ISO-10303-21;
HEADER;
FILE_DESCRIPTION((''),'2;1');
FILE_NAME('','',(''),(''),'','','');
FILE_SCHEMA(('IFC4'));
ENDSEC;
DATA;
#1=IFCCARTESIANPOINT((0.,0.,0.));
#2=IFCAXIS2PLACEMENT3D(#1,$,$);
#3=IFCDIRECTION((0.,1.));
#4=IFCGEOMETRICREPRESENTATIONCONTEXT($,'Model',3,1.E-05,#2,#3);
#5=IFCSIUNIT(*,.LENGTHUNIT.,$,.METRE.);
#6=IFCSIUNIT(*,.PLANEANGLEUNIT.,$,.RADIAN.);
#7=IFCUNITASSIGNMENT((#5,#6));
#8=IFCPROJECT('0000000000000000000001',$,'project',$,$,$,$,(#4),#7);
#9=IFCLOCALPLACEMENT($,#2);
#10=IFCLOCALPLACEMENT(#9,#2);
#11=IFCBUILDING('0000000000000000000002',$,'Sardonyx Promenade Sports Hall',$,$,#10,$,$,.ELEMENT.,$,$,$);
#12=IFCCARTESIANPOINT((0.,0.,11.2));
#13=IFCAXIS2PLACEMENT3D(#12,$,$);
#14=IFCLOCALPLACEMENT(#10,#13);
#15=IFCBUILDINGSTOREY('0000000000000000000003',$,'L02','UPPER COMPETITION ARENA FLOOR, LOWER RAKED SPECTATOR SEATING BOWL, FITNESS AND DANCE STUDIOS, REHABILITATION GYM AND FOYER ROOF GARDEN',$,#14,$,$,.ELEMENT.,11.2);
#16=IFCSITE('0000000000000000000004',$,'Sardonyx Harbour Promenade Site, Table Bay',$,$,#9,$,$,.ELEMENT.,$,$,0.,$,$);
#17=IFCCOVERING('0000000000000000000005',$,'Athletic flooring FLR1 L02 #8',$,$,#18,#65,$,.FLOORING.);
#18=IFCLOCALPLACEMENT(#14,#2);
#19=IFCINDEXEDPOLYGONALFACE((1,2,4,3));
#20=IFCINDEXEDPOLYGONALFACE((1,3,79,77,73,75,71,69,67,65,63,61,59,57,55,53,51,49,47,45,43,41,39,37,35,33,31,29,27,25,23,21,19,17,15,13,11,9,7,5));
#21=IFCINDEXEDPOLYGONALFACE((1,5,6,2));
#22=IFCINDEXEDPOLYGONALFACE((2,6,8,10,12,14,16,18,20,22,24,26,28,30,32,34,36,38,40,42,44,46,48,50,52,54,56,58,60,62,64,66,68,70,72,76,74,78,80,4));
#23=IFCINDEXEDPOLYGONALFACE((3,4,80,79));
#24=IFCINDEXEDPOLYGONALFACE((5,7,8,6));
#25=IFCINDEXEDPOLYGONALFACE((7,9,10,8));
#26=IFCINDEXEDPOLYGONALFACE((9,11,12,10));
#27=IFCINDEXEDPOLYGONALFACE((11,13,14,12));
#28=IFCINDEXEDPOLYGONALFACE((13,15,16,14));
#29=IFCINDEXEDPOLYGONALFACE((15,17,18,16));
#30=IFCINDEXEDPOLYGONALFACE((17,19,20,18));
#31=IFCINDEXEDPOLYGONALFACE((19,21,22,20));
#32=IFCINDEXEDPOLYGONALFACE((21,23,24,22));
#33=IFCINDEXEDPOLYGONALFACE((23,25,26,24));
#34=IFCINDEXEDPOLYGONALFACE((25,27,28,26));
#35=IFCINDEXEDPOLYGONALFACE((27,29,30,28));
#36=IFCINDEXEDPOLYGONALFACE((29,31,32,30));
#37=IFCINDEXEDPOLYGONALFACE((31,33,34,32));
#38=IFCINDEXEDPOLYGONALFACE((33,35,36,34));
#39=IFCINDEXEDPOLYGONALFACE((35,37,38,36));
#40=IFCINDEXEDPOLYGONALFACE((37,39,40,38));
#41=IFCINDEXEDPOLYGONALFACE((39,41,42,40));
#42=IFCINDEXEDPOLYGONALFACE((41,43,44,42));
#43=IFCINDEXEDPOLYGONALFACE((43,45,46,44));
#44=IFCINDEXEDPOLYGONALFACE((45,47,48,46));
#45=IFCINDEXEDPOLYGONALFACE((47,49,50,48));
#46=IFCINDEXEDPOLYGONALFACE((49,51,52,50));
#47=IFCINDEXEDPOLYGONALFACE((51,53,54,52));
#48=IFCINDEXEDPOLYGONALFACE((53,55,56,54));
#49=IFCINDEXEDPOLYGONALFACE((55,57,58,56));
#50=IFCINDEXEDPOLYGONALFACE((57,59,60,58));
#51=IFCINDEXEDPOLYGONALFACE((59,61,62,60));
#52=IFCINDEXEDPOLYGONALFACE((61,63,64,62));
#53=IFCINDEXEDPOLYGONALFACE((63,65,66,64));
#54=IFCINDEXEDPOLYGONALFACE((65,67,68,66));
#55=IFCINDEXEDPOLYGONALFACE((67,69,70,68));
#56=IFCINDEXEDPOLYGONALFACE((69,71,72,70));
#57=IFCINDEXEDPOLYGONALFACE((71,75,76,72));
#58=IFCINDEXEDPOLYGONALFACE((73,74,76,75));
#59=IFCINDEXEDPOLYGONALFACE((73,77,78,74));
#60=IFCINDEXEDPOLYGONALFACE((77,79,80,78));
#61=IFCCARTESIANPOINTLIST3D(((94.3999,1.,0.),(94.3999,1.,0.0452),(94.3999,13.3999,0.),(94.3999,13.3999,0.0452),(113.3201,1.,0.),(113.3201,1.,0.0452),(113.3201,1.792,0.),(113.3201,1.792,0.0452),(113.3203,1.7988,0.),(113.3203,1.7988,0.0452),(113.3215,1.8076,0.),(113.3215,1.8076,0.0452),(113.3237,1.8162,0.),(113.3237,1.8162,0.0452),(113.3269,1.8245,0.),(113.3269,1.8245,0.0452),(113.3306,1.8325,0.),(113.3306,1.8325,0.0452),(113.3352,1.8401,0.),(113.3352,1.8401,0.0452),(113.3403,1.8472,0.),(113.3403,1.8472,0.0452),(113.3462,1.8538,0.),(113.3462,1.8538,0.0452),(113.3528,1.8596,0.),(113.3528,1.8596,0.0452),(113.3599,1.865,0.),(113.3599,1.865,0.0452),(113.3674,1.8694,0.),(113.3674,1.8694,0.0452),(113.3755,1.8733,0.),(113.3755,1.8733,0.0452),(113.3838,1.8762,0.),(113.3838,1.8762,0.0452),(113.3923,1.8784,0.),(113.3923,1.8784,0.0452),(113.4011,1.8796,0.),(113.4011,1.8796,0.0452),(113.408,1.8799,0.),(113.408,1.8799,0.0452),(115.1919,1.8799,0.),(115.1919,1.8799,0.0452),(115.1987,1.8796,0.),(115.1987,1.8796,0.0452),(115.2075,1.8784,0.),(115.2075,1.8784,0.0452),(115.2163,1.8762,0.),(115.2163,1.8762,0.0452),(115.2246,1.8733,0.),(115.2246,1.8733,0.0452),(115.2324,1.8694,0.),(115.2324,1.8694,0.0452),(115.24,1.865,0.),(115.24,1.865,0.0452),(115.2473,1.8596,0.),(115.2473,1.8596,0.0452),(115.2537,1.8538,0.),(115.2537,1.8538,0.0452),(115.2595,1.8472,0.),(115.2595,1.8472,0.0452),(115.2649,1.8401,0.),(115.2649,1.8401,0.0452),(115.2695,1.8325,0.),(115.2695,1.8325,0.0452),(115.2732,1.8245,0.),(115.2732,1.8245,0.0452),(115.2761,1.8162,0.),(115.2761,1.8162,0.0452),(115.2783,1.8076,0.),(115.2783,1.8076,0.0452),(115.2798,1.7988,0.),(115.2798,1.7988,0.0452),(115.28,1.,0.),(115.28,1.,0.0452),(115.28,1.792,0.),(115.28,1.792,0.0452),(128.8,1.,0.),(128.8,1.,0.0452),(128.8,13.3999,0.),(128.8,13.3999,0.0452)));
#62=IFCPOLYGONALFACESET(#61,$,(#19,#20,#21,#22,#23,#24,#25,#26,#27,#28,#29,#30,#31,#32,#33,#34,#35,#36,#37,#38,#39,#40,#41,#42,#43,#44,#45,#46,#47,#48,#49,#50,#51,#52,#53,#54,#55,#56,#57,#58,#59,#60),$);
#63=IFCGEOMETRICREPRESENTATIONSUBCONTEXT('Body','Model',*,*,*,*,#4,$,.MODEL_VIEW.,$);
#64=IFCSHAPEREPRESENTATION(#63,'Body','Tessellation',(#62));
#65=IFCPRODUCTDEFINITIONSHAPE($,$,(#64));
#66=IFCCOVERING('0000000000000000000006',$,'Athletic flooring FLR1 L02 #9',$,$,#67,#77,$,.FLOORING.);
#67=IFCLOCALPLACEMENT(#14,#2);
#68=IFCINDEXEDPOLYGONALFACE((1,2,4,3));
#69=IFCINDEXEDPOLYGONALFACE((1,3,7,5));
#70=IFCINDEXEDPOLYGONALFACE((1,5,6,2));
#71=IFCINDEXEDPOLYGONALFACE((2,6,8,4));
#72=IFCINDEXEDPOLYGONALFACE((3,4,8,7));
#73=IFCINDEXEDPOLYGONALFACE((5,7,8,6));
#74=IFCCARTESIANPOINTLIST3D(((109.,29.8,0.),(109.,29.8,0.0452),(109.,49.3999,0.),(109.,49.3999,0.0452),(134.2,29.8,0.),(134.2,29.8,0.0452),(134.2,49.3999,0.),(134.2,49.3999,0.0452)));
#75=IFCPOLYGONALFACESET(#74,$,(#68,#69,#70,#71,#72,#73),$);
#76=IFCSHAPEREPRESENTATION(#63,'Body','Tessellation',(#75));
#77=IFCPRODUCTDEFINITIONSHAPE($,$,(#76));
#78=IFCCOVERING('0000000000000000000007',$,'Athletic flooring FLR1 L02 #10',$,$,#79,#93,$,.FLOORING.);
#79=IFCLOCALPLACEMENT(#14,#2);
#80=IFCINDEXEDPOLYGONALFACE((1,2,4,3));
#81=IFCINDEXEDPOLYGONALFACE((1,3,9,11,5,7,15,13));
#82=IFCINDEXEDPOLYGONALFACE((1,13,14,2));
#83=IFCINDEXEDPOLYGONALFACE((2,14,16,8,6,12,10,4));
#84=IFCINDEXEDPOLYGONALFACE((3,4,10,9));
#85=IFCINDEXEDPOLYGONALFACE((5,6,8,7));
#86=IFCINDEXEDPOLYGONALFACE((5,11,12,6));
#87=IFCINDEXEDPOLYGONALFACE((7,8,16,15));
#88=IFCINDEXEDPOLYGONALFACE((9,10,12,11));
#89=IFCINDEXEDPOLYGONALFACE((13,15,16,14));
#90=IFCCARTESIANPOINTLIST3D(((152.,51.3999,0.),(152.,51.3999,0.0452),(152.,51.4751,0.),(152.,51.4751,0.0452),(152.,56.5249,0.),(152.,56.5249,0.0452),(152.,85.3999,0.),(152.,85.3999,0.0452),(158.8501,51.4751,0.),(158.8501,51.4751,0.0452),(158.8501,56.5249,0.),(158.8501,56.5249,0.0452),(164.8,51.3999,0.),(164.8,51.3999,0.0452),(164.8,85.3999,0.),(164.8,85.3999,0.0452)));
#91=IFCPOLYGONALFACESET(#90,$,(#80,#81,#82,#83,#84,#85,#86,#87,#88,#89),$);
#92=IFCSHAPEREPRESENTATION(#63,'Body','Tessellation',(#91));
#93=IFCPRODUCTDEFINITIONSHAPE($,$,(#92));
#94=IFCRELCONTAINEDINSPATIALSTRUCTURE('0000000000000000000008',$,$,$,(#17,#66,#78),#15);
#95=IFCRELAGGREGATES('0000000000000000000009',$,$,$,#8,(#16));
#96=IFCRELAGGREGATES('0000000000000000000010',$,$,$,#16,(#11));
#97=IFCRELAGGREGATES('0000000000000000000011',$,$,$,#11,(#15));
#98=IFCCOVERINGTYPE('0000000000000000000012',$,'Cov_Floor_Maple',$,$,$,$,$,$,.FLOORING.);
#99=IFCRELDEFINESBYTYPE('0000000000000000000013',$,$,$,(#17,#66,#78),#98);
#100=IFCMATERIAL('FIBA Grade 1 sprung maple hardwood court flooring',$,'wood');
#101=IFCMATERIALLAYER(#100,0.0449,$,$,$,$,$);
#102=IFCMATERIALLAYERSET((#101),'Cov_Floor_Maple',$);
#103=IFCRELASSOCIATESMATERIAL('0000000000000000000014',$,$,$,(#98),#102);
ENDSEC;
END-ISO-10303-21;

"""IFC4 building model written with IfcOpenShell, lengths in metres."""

from ifc_helpers import new_model, si_unit, direction, frame, origin, place, context, subcontext, project, spatial, polyline, outline, extrude, material, layer, layer_set, type_object, element, save


model = new_model("IFC4")

# Units and contexts
model_context = context("Model", 3, precision=1e-05, world=origin(), true_north=direction((0.0, 1.0)))
body_context = subcontext(model_context, "Body", "Model", "MODEL_VIEW")
ifc_project = project(units=[si_unit("LENGTHUNIT", "METRE"), si_unit("PLANEANGLEUNIT", "RADIAN")], contexts=[model_context])

# Site, building, storey
site_placement = place(None, origin())
site = spatial("IfcSite", under=ifc_project, at=site_placement, Name="Sardonyx Harbour Promenade Site, Table Bay", CompositionType="ELEMENT", RefElevation=0.0)
building_placement = place(site_placement, origin())
building = spatial("IfcBuilding", under=site, at=building_placement, Name="Sardonyx Promenade Sports Hall", CompositionType="ELEMENT")
storey_placement = place(building_placement, frame((0.0, 0.0, 11.2)))
storey = spatial("IfcBuildingStorey", under=building, at=storey_placement, Name="L02", Description="UPPER COMPETITION ARENA FLOOR, LOWER RAKED SPECTATOR SEATING BOWL, FITNESS AND DANCE STUDIOS, REHABILITATION GYM AND FOYER ROOF GARDEN", CompositionType="ELEMENT", Elevation=11.2)

# Coverings
ifc_material_1 = material(Name="FIBA Grade 1 sprung maple hardwood court flooring", Category="wood")
ifc_layer_1 = layer(ifc_material_1, 0.0449)
ifc_layer_set_1 = layer_set([ifc_layer_1], Name="Cov_Floor_Maple")
covering_type_1 = type_object("IfcCoveringType", Name="Cov_Floor_Maple", PredefinedType="FLOORING", material=ifc_layer_set_1)
covering_1_placement = place(storey_placement, origin())
element("IfcCovering", 1, at=covering_1_placement, inside=storey, type_object=covering_type_1, Name="Athletic flooring FLR1 L02 #8", PredefinedType="FLOORING", context=body_context, shape_type="SweptSolid", body=[
    extrude(outline(polyline([(94.3999, 1.0), (113.3201, 1.0), (113.3201, 1.792), (113.3203, 1.7988), (113.3215, 1.8076), (113.3237, 1.8162), (113.3269, 1.8245), (113.3306, 1.8325), (113.3352, 1.8401), (113.3403, 1.8472), (113.3462, 1.8538), (113.3528, 1.8596), (113.3599, 1.865), (113.3674, 1.8694), (113.3755, 1.8733), (113.3838, 1.8762), (113.3923, 1.8784), (113.4011, 1.8796), (113.408, 1.8799), (115.1919, 1.8799), (115.1987, 1.8796), (115.2075, 1.8784), (115.2163, 1.8762), (115.2246, 1.8733), (115.2324, 1.8694), (115.24, 1.865), (115.2473, 1.8596), (115.2537, 1.8538), (115.2595, 1.8472), (115.2649, 1.8401), (115.2695, 1.8325), (115.2732, 1.8245), (115.2761, 1.8162), (115.2783, 1.8076), (115.2798, 1.7988), (115.28, 1.792), (115.28, 1.0), (128.8, 1.0), (128.8, 13.3999), (94.3999, 13.3999), (94.3999, 1.0)])), origin(), (0.0, 0.0, 1.0), 0.0452),
])
covering_2_placement = place(storey_placement, origin())
element("IfcCovering", 2, at=covering_2_placement, inside=storey, type_object=covering_type_1, Name="Athletic flooring FLR1 L02 #9", PredefinedType="FLOORING", context=body_context, shape_type="SweptSolid", body=[
    extrude(outline(polyline([(109.0, 29.8), (134.2, 29.8), (134.2, 49.3999), (109.0, 49.3999), (109.0, 29.8)])), origin(), (0.0, 0.0, 1.0), 0.0452),
])
covering_3_placement = place(storey_placement, origin())
element("IfcCovering", 3, at=covering_3_placement, inside=storey, type_object=covering_type_1, Name="Athletic flooring FLR1 L02 #10", PredefinedType="FLOORING", context=body_context, shape_type="SweptSolid", body=[
    extrude(outline(polyline([(152.0, 85.3999), (152.0, 56.5249), (158.8501, 56.5249), (158.8501, 51.4751), (152.0, 51.4751), (152.0, 51.3999), (164.8, 51.3999), (164.8, 85.3999), (152.0, 85.3999)])), origin(), (0.0, 0.0, 1.0), 0.0452),
])

save(model, "model.ifc")
